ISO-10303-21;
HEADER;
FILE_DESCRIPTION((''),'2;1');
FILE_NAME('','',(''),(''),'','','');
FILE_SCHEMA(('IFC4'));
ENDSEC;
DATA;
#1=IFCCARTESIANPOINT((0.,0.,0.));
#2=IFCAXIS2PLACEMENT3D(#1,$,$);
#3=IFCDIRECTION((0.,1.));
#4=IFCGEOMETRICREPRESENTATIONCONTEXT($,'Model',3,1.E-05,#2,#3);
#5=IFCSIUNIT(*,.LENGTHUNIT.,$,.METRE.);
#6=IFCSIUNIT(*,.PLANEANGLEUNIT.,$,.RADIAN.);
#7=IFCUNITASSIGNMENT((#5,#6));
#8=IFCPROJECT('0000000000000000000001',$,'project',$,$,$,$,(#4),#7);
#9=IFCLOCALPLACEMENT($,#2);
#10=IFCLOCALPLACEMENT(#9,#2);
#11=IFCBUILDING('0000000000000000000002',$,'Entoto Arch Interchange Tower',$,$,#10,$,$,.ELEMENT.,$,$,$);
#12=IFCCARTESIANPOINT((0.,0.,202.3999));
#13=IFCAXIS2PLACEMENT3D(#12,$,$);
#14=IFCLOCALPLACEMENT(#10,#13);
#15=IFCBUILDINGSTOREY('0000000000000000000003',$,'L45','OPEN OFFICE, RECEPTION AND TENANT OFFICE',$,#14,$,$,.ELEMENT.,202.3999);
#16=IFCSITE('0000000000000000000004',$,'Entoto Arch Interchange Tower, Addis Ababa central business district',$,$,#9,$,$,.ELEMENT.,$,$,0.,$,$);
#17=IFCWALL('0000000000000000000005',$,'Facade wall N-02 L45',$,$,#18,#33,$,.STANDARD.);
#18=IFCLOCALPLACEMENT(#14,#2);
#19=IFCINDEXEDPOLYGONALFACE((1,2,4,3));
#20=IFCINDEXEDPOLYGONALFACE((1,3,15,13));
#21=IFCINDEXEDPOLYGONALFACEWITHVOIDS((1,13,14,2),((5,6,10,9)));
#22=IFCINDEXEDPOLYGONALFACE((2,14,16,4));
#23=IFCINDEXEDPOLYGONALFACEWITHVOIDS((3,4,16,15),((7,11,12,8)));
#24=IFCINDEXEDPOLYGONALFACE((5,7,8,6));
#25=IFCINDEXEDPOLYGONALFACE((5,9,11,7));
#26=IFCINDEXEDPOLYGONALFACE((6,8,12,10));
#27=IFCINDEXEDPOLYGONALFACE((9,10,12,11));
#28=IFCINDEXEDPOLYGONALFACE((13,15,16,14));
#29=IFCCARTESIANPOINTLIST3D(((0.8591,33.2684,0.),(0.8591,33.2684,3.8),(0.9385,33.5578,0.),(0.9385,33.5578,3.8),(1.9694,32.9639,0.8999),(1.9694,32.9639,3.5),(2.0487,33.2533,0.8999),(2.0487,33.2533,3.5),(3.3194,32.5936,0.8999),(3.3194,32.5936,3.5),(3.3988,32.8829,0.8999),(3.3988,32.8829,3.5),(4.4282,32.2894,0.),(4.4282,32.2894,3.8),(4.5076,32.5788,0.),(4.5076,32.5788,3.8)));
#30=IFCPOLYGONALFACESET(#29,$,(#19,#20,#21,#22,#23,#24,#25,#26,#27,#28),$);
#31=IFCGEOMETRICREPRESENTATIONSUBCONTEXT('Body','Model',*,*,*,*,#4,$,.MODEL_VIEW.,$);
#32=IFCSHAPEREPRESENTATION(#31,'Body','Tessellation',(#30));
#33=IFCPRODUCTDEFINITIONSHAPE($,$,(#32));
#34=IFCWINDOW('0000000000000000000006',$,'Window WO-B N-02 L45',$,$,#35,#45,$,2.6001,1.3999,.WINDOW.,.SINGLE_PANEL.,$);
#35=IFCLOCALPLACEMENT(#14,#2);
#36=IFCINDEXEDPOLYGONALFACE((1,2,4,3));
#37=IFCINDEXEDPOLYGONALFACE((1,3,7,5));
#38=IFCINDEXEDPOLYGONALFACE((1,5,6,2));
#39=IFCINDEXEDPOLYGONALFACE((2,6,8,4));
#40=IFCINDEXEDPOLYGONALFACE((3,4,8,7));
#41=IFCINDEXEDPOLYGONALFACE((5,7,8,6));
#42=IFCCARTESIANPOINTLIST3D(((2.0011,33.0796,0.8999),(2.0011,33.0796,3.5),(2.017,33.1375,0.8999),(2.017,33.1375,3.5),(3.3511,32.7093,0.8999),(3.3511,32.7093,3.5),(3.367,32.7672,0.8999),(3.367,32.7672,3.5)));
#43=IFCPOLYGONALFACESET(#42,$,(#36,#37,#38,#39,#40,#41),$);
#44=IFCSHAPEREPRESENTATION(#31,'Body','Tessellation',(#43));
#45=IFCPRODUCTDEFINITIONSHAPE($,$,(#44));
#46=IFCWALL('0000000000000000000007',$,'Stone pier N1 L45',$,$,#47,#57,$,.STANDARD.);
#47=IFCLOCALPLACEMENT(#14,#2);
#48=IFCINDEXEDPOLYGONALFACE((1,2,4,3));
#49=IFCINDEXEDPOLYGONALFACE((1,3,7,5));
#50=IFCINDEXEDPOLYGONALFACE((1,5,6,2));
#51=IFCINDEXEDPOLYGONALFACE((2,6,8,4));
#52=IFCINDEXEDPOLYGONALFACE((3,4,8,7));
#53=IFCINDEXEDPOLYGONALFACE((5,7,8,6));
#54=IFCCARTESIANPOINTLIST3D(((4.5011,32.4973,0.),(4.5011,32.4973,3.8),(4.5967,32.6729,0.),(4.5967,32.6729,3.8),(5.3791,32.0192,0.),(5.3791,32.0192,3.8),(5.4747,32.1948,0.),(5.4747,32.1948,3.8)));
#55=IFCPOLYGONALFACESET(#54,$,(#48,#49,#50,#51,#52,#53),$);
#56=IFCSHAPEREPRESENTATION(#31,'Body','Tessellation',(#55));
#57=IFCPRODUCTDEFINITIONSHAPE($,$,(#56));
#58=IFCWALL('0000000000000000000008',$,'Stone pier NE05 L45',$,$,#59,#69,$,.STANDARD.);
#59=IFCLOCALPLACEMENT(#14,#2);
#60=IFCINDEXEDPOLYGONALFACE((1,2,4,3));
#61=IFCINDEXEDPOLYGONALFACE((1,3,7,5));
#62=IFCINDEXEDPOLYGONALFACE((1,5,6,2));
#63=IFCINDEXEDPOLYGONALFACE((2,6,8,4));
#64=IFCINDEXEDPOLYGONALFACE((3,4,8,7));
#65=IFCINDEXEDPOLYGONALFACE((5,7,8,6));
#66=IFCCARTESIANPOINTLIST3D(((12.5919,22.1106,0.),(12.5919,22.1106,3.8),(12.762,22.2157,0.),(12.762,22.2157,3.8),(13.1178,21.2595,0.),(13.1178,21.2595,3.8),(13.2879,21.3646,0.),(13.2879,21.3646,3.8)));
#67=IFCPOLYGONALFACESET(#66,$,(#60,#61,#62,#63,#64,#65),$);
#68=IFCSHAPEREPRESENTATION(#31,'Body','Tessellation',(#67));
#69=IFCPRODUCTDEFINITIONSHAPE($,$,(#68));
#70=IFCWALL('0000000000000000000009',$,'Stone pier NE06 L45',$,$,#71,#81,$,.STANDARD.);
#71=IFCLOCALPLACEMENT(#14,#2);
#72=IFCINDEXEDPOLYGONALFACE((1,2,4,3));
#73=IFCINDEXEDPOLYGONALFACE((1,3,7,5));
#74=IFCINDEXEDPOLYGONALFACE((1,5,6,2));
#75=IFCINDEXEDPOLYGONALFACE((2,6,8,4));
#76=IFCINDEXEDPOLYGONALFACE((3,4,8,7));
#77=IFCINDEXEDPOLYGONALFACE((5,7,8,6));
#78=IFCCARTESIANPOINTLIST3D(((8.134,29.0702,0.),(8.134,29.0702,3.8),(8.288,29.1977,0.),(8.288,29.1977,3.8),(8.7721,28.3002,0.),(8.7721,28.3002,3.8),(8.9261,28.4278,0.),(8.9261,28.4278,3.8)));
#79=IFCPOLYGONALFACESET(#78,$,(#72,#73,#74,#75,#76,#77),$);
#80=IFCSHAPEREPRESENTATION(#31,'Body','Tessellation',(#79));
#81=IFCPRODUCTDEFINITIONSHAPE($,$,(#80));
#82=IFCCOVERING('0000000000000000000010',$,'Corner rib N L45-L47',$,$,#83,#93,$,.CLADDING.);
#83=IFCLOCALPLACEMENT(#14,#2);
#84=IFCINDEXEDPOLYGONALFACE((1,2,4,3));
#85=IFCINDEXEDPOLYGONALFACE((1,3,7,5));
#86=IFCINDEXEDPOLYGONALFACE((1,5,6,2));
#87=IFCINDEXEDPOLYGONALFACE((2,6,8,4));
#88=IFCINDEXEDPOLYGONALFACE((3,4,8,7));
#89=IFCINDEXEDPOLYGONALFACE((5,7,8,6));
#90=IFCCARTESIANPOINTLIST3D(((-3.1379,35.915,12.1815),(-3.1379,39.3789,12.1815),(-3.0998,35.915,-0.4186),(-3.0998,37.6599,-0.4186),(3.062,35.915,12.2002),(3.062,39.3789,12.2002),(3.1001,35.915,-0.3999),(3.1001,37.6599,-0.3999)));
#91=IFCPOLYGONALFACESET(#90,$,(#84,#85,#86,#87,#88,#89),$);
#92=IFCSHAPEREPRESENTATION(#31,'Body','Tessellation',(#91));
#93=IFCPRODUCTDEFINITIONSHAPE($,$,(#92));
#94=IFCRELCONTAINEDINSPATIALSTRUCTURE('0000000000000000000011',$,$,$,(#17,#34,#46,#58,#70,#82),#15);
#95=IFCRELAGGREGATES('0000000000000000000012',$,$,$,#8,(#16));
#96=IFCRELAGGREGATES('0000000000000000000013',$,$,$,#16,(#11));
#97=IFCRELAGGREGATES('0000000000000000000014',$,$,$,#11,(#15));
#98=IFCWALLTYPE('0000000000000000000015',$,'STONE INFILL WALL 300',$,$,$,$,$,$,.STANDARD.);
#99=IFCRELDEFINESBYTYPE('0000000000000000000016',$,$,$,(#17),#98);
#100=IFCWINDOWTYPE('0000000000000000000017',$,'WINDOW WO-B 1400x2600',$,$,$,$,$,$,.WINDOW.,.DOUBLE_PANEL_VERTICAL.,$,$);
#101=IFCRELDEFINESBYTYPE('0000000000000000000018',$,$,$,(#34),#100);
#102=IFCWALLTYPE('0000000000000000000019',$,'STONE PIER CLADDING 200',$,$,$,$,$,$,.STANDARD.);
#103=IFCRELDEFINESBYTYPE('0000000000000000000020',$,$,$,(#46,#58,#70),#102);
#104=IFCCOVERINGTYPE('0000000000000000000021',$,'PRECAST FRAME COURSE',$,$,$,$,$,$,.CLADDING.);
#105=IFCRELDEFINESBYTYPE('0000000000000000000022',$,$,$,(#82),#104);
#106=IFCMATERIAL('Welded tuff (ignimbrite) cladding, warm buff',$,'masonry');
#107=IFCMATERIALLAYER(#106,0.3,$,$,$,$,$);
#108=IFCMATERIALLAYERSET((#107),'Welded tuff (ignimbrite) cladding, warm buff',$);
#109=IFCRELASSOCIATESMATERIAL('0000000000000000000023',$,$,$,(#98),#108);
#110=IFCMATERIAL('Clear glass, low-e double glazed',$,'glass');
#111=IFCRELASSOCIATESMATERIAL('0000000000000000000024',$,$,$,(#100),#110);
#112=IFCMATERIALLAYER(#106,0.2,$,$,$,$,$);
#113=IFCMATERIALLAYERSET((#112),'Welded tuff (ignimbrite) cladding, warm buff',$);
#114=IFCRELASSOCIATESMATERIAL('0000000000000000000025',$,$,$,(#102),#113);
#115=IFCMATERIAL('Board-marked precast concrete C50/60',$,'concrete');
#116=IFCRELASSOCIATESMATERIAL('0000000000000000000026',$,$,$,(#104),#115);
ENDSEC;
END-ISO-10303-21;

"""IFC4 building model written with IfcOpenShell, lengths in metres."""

from ifc_helpers import new_model, si_unit, direction, frame, frame_2d, origin, place, context, subcontext, project, spatial, polyline, rectangle, outline, extrude, material, layer, layer_set, type_object, element, fill, save


model = new_model("IFC4")

# Units and contexts
model_context = context("Model", 3, precision=1e-05, world=origin(), true_north=direction((0.0, 1.0)))
body_context = subcontext(model_context, "Body", "Model", "MODEL_VIEW")
ifc_project = project(units=[si_unit("LENGTHUNIT", "METRE"), si_unit("PLANEANGLEUNIT", "RADIAN")], contexts=[model_context])

# Site, building, storey
site_placement = place(None, origin())
site = spatial("IfcSite", under=ifc_project, at=site_placement, Name="Entoto Arch Interchange Tower, Addis Ababa central business district", CompositionType="ELEMENT", RefElevation=0.0)
building_placement = place(site_placement, origin())
building = spatial("IfcBuilding", under=site, at=building_placement, Name="Entoto Arch Interchange Tower", CompositionType="ELEMENT")
storey_placement = place(building_placement, frame((0.0, 0.0, 202.3999)))
storey = spatial("IfcBuildingStorey", under=building, at=storey_placement, Name="L45", Description="OPEN OFFICE, RECEPTION AND TENANT OFFICE", CompositionType="ELEMENT", Elevation=202.3999)

# Shared definitions
ifc_material_1 = material(Name="Board-marked precast concrete C50/60", Category="concrete")

# Shared definitions
ifc_material_2 = material(Name="Welded tuff (ignimbrite) cladding, warm buff", Category="masonry")
ifc_layer_1 = layer(ifc_material_2, 0.3)
ifc_layer_set_1 = layer_set([ifc_layer_1], Name="Welded tuff (ignimbrite) cladding, warm buff")
wall_type_1 = type_object("IfcWallType", Name="STONE INFILL WALL 300", PredefinedType="STANDARD", material=ifc_layer_set_1)
ifc_material_3 = material(Name="Clear glass, low-e double glazed", Category="glass")

# Wall, opening, window
window_type_1 = type_object("IfcWindowType", Name="WINDOW WO-B 1400x2600", PartitioningType="DOUBLE_PANEL_VERTICAL", PredefinedType="WINDOW", material=ifc_material_3)
wall_1_placement = place(storey_placement, frame((4.468, 32.4341, 0.0), z_axis=(0.0, 0.0, 1.0), x_axis=(-0.964378, 0.264529, 0.0)))
wall_1 = element("IfcWall", 1, at=wall_1_placement, inside=storey, type_object=wall_type_1, Name="Facade wall N-02 L45", PredefinedType="STANDARD", context=body_context, shape_type="SweptSolid", body=[
    extrude(rectangle(XDim=3.7009, YDim=0.3, at=frame_2d((1.8506, 0.0))), origin(), (0.0, 0.0, 1.0), 3.8),
])
opening_1_placement = place(wall_1_placement, frame((1.1499, 0.0, 0.8999)))
opening_1 = element("IfcOpeningElement", 2, at=opening_1_placement, cuts=wall_1, PredefinedType="OPENING", context=body_context, shape_type="SweptSolid", body=[
    extrude(rectangle(XDim=1.3999, YDim=2.6001, at=frame_2d((0.7, 1.3))), frame((0.0, 0.1602, 0.0), z_axis=(0.0, -1.0, 0.0), x_axis=(1.0, 0.0, 0.0)), (0.0, 0.0, 1.0), 0.3201),
])
window_1_placement = place(opening_1_placement, origin())
window_1 = element("IfcWindow", 3, at=window_1_placement, inside=storey, type_object=window_type_1, Name="Window WO-B N-02 L45", OverallHeight=2.6001, OverallWidth=1.3999, PartitioningType="SINGLE_PANEL", PredefinedType="WINDOW", context=body_context, shape_type="SweptSolid", body=[
    extrude(rectangle(XDim=1.3999, YDim=2.6001, at=frame_2d((0.7, 1.3))), frame((0.0, 0.03, 0.0), z_axis=(0.0, -1.0, 0.0), x_axis=(1.0, 0.0, 0.0)), (0.0, 0.0, 1.0), 0.0601),
])
fill(opening_1, window_1)

# Walls
ifc_layer_2 = layer(ifc_material_2, 0.2)
ifc_layer_set_2 = layer_set([ifc_layer_2], Name="Welded tuff (ignimbrite) cladding, warm buff")
wall_type_2 = type_object("IfcWallType", Name="STONE PIER CLADDING 200", PredefinedType="STANDARD", material=ifc_layer_set_2)
wall_2_placement = place(storey_placement, frame((5.427, 32.1069, 0.0), z_axis=(0.0, 0.0, 1.0), x_axis=(-0.87825, 0.478202, 0.0)))
element("IfcWall", 4, at=wall_2_placement, inside=storey, type_object=wall_type_2, Name="Stone pier N1 L45", PredefinedType="STANDARD", context=body_context, shape_type="SweptSolid", body=[
    extrude(rectangle(XDim=0.9998, YDim=0.2, at=frame_2d((0.5, 0.0))), origin(), (0.0, 0.0, 1.0), 3.8),
])
wall_3_placement = place(storey_placement, frame((13.2029, 21.312, 0.0), z_axis=(0.0, 0.0, 1.0), x_axis=(-0.525649, 0.850702, 0.0)))
element("IfcWall", 5, at=wall_3_placement, inside=storey, type_object=wall_type_2, Name="Stone pier NE05 L45", PredefinedType="STANDARD", context=body_context, shape_type="SweptSolid", body=[
    extrude(rectangle(XDim=1.0005, YDim=0.2, at=frame_2d((0.5002, 0.0))), origin(), (0.0, 0.0, 1.0), 3.8),
])
wall_4_placement = place(storey_placement, frame((8.8491, 28.364, 0.0), z_axis=(0.0, 0.0, 1.0), x_axis=(-0.638117, 0.769939, 0.0)))
element("IfcWall", 6, at=wall_4_placement, inside=storey, type_object=wall_type_2, Name="Stone pier NE06 L45", PredefinedType="STANDARD", context=body_context, shape_type="SweptSolid", body=[
    extrude(rectangle(XDim=1.0, YDim=0.2, at=frame_2d((0.5, 0.0))), origin(), (0.0, 0.0, 1.0), 3.8),
])

# Covering
covering_type = type_object("IfcCoveringType", Name="PRECAST FRAME COURSE", PredefinedType="CLADDING", material=ifc_material_1)
covering_placement = place(storey_placement, frame((3.1001, 35.915, -0.3999), z_axis=(0.999995, 0.0, 0.003023), x_axis=(0.0, 1.0, 0.0)))
element("IfcCovering", 7, at=covering_placement, inside=storey, type_object=covering_type, Name="Corner rib N L45-L47", PredefinedType="CLADDING", context=body_context, shape_type="SweptSolid", body=[
    extrude(outline(polyline([(0.0, 0.0), (1.7449, 0.0), (3.4639, 12.6002), (0.0, 12.6002), (0.0, 0.0)])), origin(), (0.0, 0.0, -1.0), 6.2),
])

save(model, "model.ifc")
